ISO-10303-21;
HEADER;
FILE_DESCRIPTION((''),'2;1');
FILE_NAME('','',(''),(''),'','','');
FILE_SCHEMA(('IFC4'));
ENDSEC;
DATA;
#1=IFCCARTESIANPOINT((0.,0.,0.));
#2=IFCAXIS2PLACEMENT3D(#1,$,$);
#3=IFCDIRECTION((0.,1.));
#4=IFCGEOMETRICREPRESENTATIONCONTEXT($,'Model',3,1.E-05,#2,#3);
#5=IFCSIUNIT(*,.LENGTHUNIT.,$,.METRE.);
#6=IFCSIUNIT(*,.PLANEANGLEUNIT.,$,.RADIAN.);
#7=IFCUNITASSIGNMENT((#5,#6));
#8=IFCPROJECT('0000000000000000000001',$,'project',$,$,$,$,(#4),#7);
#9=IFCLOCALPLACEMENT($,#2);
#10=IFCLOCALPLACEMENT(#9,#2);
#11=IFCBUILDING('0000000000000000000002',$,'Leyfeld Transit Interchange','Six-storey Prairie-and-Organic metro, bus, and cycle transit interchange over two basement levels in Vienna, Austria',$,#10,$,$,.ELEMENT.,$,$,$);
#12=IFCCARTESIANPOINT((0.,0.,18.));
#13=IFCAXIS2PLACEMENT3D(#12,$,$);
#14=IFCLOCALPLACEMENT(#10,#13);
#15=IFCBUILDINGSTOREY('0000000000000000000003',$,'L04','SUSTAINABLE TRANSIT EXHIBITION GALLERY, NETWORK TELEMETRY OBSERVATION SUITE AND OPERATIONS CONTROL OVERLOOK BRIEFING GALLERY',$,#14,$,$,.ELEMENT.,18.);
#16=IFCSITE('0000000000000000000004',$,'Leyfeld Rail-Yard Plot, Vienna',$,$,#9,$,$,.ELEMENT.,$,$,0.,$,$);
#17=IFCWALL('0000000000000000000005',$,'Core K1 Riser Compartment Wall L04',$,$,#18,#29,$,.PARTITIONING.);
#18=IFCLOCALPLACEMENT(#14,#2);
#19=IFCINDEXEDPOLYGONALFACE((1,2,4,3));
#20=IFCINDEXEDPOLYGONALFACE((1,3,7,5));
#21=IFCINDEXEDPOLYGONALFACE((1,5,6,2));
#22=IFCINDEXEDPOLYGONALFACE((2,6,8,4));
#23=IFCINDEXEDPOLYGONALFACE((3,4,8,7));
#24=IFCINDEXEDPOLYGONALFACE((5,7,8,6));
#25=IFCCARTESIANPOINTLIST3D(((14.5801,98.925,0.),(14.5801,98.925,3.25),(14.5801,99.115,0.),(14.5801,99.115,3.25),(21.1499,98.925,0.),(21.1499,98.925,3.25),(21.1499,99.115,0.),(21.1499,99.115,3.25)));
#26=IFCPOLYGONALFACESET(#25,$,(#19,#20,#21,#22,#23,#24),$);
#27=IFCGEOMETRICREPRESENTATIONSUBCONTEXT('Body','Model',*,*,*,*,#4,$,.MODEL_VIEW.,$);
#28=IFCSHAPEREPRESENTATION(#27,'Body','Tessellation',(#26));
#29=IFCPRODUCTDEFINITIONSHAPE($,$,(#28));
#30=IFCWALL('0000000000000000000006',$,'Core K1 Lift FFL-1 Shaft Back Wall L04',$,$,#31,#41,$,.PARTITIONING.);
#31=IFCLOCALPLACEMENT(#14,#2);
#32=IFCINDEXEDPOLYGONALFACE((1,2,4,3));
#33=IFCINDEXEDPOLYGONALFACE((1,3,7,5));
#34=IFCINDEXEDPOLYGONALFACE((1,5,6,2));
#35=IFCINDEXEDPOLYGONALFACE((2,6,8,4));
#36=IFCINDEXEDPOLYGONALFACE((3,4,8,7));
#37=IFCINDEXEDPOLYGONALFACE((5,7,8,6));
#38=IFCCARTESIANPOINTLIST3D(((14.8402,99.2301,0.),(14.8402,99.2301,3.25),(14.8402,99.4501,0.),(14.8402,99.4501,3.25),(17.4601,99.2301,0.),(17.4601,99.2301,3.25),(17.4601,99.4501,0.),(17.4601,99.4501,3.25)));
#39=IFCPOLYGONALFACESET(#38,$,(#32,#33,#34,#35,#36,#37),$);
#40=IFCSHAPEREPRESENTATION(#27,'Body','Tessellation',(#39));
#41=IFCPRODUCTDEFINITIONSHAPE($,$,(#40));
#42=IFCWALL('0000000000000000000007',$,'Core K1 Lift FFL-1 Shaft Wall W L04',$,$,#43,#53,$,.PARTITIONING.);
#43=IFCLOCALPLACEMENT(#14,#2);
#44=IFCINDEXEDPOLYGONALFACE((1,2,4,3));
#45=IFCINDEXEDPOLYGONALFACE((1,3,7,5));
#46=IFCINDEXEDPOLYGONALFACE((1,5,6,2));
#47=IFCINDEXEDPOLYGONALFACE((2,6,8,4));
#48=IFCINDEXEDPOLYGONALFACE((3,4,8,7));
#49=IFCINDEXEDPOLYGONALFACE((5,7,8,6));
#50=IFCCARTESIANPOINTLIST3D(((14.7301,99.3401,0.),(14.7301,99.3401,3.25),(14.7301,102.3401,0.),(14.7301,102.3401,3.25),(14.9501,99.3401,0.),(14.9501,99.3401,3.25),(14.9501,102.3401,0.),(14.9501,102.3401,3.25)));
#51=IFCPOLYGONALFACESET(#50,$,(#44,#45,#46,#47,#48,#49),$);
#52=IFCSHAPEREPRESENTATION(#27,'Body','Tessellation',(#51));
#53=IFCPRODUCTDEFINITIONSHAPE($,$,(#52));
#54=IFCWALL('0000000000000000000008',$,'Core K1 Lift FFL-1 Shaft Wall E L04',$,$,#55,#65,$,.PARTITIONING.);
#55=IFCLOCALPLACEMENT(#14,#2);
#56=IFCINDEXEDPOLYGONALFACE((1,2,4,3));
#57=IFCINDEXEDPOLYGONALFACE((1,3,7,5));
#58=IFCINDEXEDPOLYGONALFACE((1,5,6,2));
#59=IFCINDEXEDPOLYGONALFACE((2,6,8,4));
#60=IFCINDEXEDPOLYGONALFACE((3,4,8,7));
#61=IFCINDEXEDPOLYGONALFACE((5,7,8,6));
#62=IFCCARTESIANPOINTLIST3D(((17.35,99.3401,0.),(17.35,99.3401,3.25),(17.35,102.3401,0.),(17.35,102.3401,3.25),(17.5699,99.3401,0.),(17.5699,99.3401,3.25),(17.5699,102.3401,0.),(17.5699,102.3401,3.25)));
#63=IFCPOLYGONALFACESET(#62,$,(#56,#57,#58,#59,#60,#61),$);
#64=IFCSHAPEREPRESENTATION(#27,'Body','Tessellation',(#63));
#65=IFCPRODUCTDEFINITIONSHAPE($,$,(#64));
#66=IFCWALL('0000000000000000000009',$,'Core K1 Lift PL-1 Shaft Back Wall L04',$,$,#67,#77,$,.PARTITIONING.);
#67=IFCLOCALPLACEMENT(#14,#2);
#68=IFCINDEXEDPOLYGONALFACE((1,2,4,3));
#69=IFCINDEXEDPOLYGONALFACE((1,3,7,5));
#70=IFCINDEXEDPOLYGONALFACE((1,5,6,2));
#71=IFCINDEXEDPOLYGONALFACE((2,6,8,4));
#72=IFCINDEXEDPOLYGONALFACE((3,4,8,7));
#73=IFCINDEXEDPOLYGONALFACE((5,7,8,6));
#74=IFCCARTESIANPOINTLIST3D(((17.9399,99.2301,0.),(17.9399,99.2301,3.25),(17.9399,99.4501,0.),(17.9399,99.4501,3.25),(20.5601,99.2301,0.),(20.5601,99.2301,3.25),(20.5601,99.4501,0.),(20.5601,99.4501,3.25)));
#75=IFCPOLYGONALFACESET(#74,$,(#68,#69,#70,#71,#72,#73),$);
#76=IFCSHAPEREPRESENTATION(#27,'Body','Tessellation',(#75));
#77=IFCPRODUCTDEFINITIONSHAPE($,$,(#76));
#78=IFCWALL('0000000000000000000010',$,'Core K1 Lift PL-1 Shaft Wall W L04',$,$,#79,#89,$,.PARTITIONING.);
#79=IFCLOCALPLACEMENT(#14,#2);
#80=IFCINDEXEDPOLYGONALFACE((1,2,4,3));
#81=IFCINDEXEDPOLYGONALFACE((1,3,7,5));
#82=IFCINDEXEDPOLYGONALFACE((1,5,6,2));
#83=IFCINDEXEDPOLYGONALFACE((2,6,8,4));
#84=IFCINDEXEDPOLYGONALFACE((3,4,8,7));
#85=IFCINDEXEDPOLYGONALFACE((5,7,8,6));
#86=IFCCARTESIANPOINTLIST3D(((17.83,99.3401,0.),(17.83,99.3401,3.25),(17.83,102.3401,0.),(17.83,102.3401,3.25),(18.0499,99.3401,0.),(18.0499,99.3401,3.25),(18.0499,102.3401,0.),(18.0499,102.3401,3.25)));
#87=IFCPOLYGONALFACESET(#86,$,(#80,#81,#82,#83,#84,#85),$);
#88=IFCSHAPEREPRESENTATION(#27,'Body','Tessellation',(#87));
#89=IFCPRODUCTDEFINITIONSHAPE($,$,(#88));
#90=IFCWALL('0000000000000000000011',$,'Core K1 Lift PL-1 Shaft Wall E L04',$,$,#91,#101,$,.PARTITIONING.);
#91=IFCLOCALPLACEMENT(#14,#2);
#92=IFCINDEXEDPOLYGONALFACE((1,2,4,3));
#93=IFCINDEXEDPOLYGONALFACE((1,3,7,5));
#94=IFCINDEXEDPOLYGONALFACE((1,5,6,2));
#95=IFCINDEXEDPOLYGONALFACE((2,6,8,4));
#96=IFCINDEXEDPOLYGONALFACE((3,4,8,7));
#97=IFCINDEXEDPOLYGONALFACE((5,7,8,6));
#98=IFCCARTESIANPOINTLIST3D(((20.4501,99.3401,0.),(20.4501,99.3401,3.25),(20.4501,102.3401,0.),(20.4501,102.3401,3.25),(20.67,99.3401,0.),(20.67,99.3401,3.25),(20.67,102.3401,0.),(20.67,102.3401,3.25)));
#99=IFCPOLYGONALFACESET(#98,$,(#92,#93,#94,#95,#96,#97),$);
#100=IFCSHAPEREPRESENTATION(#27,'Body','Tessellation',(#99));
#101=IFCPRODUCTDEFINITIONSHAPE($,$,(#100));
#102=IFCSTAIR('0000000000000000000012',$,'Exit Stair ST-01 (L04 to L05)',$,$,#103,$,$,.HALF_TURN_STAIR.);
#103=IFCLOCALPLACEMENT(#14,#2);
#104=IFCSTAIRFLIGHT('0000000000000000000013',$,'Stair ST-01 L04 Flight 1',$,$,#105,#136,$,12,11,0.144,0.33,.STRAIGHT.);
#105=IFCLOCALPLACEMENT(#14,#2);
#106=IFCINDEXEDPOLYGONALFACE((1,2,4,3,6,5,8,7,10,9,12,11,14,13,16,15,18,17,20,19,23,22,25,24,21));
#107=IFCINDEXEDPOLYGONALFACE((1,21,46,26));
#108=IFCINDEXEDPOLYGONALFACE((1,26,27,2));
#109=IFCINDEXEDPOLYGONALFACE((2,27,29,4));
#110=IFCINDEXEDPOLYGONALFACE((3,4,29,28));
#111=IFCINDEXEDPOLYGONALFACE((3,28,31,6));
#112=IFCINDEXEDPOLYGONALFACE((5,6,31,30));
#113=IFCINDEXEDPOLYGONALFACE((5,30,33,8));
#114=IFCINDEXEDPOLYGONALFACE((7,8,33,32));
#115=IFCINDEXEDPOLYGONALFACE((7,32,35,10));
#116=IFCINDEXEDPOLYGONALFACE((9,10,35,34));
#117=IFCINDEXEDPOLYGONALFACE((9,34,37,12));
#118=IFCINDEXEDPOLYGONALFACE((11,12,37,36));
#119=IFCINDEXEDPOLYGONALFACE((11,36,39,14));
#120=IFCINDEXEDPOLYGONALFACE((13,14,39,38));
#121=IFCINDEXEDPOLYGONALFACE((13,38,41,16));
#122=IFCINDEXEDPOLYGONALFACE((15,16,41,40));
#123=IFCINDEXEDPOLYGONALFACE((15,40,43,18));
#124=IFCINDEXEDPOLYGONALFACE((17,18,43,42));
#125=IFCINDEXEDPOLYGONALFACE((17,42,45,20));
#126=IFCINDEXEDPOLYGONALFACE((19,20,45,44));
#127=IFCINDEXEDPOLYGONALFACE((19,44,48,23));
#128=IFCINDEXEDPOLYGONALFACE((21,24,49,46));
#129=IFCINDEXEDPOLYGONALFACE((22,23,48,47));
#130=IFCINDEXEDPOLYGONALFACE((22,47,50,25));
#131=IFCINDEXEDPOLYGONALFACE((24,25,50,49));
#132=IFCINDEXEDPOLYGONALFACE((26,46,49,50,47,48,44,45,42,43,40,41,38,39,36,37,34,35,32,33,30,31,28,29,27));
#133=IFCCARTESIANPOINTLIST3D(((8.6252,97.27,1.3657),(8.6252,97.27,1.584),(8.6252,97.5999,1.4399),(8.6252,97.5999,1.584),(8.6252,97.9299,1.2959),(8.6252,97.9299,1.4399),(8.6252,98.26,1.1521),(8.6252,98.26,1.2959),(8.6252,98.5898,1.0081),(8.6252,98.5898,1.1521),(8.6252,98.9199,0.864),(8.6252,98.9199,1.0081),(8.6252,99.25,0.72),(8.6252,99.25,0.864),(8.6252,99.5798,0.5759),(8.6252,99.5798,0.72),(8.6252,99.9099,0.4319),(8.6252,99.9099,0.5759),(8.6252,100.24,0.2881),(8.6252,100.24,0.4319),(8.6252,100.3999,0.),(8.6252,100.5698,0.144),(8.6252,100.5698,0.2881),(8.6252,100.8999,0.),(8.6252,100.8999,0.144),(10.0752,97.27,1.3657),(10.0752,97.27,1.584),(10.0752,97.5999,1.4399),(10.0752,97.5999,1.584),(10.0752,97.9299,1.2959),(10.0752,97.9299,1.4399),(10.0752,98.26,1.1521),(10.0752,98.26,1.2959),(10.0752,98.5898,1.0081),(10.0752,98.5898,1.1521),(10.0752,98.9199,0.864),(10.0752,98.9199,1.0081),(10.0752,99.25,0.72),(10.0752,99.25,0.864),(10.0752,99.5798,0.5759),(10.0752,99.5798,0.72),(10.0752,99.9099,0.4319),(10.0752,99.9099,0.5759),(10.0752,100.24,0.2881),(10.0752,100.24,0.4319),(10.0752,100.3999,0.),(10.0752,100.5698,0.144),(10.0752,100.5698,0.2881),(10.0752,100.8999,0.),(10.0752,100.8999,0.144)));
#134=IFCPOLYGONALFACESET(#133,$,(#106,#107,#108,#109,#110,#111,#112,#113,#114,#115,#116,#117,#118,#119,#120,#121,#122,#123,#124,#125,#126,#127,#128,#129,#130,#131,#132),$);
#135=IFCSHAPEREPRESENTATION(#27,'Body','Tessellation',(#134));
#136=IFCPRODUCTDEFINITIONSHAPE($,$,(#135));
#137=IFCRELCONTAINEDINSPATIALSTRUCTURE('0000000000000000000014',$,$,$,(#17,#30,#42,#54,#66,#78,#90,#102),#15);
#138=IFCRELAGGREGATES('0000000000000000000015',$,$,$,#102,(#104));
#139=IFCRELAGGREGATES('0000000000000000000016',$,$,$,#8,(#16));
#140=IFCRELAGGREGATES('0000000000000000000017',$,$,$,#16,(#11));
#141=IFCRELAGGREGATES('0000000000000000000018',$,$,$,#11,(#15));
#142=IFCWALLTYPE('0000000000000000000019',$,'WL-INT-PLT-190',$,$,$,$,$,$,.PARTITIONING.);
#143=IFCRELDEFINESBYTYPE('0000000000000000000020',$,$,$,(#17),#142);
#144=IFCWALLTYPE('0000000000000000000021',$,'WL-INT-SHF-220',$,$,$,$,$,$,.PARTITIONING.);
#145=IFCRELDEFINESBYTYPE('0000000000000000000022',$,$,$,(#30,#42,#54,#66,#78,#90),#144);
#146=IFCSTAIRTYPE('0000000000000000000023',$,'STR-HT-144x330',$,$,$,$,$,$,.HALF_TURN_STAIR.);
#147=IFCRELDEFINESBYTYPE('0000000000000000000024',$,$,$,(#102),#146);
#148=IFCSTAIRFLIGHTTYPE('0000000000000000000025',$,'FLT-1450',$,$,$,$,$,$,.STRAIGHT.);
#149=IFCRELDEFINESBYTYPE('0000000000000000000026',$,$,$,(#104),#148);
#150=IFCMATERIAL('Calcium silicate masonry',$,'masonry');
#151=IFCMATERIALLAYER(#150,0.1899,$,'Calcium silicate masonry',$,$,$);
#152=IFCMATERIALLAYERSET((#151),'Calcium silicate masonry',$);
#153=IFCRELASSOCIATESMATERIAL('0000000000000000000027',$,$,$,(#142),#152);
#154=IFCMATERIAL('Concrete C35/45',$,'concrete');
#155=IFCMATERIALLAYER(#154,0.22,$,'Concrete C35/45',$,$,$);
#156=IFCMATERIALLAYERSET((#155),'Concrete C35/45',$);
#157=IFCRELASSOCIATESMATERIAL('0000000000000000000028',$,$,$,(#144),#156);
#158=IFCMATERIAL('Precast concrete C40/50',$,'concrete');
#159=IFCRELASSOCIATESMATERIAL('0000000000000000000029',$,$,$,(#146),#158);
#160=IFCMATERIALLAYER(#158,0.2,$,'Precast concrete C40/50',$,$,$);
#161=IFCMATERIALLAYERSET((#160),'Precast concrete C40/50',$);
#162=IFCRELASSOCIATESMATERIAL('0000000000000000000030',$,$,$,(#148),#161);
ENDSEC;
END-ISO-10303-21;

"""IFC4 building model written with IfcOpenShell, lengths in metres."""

from ifc_helpers import new_model, si_unit, direction, frame, frame_2d, origin, place, context, subcontext, project, spatial, polyline, rectangle, outline, extrude, material, layer, layer_set, type_object, element, aggregate, save


model = new_model("IFC4")

# Units and contexts
model_context = context("Model", 3, precision=1e-05, world=origin(), true_north=direction((0.0, 1.0)))
body_context = subcontext(model_context, "Body", "Model", "MODEL_VIEW")
ifc_project = project(units=[si_unit("LENGTHUNIT", "METRE"), si_unit("PLANEANGLEUNIT", "RADIAN")], contexts=[model_context])

# Site, building, storey
site_placement = place(None, origin())
site = spatial("IfcSite", under=ifc_project, at=site_placement, Name="Leyfeld Rail-Yard Plot, Vienna", CompositionType="ELEMENT", RefElevation=0.0)
building_placement = place(site_placement, origin())
building = spatial("IfcBuilding", under=site, at=building_placement, Name="Leyfeld Transit Interchange", Description="Six-storey Prairie-and-Organic metro, bus, and cycle transit interchange over two basement levels in Vienna, Austria", CompositionType="ELEMENT")
storey_placement = place(building_placement, frame((0.0, 0.0, 18.0)))
storey = spatial("IfcBuildingStorey", under=building, at=storey_placement, Name="L04", Description="SUSTAINABLE TRANSIT EXHIBITION GALLERY, NETWORK TELEMETRY OBSERVATION SUITE AND OPERATIONS CONTROL OVERLOOK BRIEFING GALLERY", CompositionType="ELEMENT", Elevation=18.0)

# Shared definitions
ifc_material_1 = material(Name="Concrete C35/45", Category="concrete")

# Wall
ifc_material_2 = material(Name="Calcium silicate masonry", Category="masonry")
ifc_layer_1 = layer(ifc_material_2, 0.1899, Name="Calcium silicate masonry")
ifc_layer_set_1 = layer_set([ifc_layer_1], Name="Calcium silicate masonry")
wall_type_1 = type_object("IfcWallType", Name="WL-INT-PLT-190", PredefinedType="PARTITIONING", material=ifc_layer_set_1)
wall_1_placement = place(storey_placement, frame((14.5801, 99.02, 0.0), z_axis=(0.0, 0.0, 1.0), x_axis=(1.0, 0.0, 0.0)))
element("IfcWall", 1, at=wall_1_placement, inside=storey, type_object=wall_type_1, Name="Core K1 Riser Compartment Wall L04", PredefinedType="PARTITIONING", context=body_context, shape_type="SweptSolid", body=[
    extrude(rectangle(XDim=6.5698, YDim=0.1899, at=frame_2d((3.2849, 0.0))), origin(), (0.0, 0.0, 1.0), 3.25),
])

# Shared definitions
ifc_layer_2 = layer(ifc_material_1, 0.22, Name="Concrete C35/45")
ifc_layer_set_2 = layer_set([ifc_layer_2], Name="Concrete C35/45")
wall_type_2 = type_object("IfcWallType", Name="WL-INT-SHF-220", PredefinedType="PARTITIONING", material=ifc_layer_set_2)

# Walls
wall_2_placement = place(storey_placement, frame((14.8401, 99.3401, 0.0), z_axis=(0.0, 0.0, 1.0), x_axis=(1.0, 0.0, 0.0)))
element("IfcWall", 2, at=wall_2_placement, inside=storey, type_object=wall_type_2, Name="Core K1 Lift FFL-1 Shaft Back Wall L04", PredefinedType="PARTITIONING", context=body_context, shape_type="SweptSolid", body=[
    extrude(rectangle(XDim=2.6199, YDim=0.22, at=frame_2d((1.3101, 0.0))), origin(), (0.0, 0.0, 1.0), 3.25),
])
for number, where, z_axis, x_axis, name in (
    (3, (14.8401, 99.3401, 0.0), (0.0, 0.0, 1.0), (0.0, 1.0, 0.0), "Core K1 Lift FFL-1 Shaft Wall W L04"),
    (4, (17.46, 99.3401, 0.0), (0.0, 0.0, 1.0), (0.0, 1.0, 0.0), "Core K1 Lift FFL-1 Shaft Wall E L04"),
):
    element("IfcWall", number, at=place(storey_placement, frame(where, z_axis=z_axis, x_axis=x_axis)), inside=storey, type_object=wall_type_2, Name=name, PredefinedType="PARTITIONING", context=body_context, shape_type="SweptSolid", body=[
        extrude(rectangle(XDim=3.0, YDim=0.22, at=frame_2d((1.5, 0.0))), origin(), (0.0, 0.0, 1.0), 3.25),
    ])
wall_3_placement = place(storey_placement, frame((17.9399, 99.3401, 0.0), z_axis=(0.0, 0.0, 1.0), x_axis=(1.0, 0.0, 0.0)))
element("IfcWall", 5, at=wall_3_placement, inside=storey, type_object=wall_type_2, Name="Core K1 Lift PL-1 Shaft Back Wall L04", PredefinedType="PARTITIONING", context=body_context, shape_type="SweptSolid", body=[
    extrude(rectangle(XDim=2.6201, YDim=0.22, at=frame_2d((1.3101, 0.0))), origin(), (0.0, 0.0, 1.0), 3.25),
])
for number, where, z_axis, x_axis, name in (
    (6, (17.9399, 99.3401, 0.0), (0.0, 0.0, 1.0), (0.0, 1.0, 0.0), "Core K1 Lift PL-1 Shaft Wall W L04"),
    (7, (20.5601, 99.3401, 0.0), (0.0, 0.0, 1.0), (0.0, 1.0, 0.0), "Core K1 Lift PL-1 Shaft Wall E L04"),
):
    element("IfcWall", number, at=place(storey_placement, frame(where, z_axis=z_axis, x_axis=x_axis)), inside=storey, type_object=wall_type_2, Name=name, PredefinedType="PARTITIONING", context=body_context, shape_type="SweptSolid", body=[
        extrude(rectangle(XDim=3.0, YDim=0.22, at=frame_2d((1.5, 0.0))), origin(), (0.0, 0.0, 1.0), 3.25),
    ])

# Stair, stair flight
ifc_material_3 = material(Name="Precast concrete C40/50", Category="concrete")
stair_type = type_object("IfcStairType", Name="STR-HT-144x330", PredefinedType="HALF_TURN_STAIR", material=ifc_material_3)
stair_placement = place(storey_placement, origin())
stair = element("IfcStair", 8, at=stair_placement, inside=storey, type_object=stair_type, Name="Exit Stair ST-01 (L04 to L05)", PredefinedType="HALF_TURN_STAIR")
ifc_layer_3 = layer(ifc_material_3, 0.2, Name="Precast concrete C40/50")
ifc_layer_set_3 = layer_set([ifc_layer_3], Name="Precast concrete C40/50")
stair_flight_type = type_object("IfcStairFlightType", Name="FLT-1450", PredefinedType="STRAIGHT", material=ifc_layer_set_3)
stair_flight_placement = place(storey_placement, frame((9.3501, 100.8999, 0.0), z_axis=(0.0, 0.0, 1.0), x_axis=(0.0, -1.0, 0.0)))
stair_flight = element("IfcStairFlight", 9, at=stair_flight_placement, type_object=stair_flight_type, Name="Stair ST-01 L04 Flight 1", NumberOfRisers=12, NumberOfTreads=11, PredefinedType="STRAIGHT", RiserHeight=0.144, TreadLength=0.33, context=body_context, shape_type="SweptSolid", body=[
    extrude(outline(polyline([(0.0, 0.0), (0.0, 0.144), (0.3301, 0.144), (0.3301, 0.2881), (0.6599, 0.2881), (0.6599, 0.4319), (0.99, 0.4319), (0.99, 0.5759), (1.3201, 0.5759), (1.3201, 0.72), (1.6499, 0.72), (1.6499, 0.864), (1.98, 0.864), (1.98, 1.0081), (2.3101, 1.0081), (2.3101, 1.1521), (2.6399, 1.1521), (2.6399, 1.2959), (2.97, 1.2959), (2.97, 1.4399), (3.3, 1.4399), (3.3, 1.584), (3.6299, 1.584), (3.6299, 1.728), (3.6299, 1.3657), (0.5, 0.0), (0.0, 0.0)])), frame((0.0, 0.7251, 0.0), z_axis=(0.0, -1.0, 0.0), x_axis=(1.0, 0.0, 0.0)), (0.0, 0.0, 1.0), 1.45),
])
aggregate(stair, [stair_flight])

save(model, "model.ifc")
